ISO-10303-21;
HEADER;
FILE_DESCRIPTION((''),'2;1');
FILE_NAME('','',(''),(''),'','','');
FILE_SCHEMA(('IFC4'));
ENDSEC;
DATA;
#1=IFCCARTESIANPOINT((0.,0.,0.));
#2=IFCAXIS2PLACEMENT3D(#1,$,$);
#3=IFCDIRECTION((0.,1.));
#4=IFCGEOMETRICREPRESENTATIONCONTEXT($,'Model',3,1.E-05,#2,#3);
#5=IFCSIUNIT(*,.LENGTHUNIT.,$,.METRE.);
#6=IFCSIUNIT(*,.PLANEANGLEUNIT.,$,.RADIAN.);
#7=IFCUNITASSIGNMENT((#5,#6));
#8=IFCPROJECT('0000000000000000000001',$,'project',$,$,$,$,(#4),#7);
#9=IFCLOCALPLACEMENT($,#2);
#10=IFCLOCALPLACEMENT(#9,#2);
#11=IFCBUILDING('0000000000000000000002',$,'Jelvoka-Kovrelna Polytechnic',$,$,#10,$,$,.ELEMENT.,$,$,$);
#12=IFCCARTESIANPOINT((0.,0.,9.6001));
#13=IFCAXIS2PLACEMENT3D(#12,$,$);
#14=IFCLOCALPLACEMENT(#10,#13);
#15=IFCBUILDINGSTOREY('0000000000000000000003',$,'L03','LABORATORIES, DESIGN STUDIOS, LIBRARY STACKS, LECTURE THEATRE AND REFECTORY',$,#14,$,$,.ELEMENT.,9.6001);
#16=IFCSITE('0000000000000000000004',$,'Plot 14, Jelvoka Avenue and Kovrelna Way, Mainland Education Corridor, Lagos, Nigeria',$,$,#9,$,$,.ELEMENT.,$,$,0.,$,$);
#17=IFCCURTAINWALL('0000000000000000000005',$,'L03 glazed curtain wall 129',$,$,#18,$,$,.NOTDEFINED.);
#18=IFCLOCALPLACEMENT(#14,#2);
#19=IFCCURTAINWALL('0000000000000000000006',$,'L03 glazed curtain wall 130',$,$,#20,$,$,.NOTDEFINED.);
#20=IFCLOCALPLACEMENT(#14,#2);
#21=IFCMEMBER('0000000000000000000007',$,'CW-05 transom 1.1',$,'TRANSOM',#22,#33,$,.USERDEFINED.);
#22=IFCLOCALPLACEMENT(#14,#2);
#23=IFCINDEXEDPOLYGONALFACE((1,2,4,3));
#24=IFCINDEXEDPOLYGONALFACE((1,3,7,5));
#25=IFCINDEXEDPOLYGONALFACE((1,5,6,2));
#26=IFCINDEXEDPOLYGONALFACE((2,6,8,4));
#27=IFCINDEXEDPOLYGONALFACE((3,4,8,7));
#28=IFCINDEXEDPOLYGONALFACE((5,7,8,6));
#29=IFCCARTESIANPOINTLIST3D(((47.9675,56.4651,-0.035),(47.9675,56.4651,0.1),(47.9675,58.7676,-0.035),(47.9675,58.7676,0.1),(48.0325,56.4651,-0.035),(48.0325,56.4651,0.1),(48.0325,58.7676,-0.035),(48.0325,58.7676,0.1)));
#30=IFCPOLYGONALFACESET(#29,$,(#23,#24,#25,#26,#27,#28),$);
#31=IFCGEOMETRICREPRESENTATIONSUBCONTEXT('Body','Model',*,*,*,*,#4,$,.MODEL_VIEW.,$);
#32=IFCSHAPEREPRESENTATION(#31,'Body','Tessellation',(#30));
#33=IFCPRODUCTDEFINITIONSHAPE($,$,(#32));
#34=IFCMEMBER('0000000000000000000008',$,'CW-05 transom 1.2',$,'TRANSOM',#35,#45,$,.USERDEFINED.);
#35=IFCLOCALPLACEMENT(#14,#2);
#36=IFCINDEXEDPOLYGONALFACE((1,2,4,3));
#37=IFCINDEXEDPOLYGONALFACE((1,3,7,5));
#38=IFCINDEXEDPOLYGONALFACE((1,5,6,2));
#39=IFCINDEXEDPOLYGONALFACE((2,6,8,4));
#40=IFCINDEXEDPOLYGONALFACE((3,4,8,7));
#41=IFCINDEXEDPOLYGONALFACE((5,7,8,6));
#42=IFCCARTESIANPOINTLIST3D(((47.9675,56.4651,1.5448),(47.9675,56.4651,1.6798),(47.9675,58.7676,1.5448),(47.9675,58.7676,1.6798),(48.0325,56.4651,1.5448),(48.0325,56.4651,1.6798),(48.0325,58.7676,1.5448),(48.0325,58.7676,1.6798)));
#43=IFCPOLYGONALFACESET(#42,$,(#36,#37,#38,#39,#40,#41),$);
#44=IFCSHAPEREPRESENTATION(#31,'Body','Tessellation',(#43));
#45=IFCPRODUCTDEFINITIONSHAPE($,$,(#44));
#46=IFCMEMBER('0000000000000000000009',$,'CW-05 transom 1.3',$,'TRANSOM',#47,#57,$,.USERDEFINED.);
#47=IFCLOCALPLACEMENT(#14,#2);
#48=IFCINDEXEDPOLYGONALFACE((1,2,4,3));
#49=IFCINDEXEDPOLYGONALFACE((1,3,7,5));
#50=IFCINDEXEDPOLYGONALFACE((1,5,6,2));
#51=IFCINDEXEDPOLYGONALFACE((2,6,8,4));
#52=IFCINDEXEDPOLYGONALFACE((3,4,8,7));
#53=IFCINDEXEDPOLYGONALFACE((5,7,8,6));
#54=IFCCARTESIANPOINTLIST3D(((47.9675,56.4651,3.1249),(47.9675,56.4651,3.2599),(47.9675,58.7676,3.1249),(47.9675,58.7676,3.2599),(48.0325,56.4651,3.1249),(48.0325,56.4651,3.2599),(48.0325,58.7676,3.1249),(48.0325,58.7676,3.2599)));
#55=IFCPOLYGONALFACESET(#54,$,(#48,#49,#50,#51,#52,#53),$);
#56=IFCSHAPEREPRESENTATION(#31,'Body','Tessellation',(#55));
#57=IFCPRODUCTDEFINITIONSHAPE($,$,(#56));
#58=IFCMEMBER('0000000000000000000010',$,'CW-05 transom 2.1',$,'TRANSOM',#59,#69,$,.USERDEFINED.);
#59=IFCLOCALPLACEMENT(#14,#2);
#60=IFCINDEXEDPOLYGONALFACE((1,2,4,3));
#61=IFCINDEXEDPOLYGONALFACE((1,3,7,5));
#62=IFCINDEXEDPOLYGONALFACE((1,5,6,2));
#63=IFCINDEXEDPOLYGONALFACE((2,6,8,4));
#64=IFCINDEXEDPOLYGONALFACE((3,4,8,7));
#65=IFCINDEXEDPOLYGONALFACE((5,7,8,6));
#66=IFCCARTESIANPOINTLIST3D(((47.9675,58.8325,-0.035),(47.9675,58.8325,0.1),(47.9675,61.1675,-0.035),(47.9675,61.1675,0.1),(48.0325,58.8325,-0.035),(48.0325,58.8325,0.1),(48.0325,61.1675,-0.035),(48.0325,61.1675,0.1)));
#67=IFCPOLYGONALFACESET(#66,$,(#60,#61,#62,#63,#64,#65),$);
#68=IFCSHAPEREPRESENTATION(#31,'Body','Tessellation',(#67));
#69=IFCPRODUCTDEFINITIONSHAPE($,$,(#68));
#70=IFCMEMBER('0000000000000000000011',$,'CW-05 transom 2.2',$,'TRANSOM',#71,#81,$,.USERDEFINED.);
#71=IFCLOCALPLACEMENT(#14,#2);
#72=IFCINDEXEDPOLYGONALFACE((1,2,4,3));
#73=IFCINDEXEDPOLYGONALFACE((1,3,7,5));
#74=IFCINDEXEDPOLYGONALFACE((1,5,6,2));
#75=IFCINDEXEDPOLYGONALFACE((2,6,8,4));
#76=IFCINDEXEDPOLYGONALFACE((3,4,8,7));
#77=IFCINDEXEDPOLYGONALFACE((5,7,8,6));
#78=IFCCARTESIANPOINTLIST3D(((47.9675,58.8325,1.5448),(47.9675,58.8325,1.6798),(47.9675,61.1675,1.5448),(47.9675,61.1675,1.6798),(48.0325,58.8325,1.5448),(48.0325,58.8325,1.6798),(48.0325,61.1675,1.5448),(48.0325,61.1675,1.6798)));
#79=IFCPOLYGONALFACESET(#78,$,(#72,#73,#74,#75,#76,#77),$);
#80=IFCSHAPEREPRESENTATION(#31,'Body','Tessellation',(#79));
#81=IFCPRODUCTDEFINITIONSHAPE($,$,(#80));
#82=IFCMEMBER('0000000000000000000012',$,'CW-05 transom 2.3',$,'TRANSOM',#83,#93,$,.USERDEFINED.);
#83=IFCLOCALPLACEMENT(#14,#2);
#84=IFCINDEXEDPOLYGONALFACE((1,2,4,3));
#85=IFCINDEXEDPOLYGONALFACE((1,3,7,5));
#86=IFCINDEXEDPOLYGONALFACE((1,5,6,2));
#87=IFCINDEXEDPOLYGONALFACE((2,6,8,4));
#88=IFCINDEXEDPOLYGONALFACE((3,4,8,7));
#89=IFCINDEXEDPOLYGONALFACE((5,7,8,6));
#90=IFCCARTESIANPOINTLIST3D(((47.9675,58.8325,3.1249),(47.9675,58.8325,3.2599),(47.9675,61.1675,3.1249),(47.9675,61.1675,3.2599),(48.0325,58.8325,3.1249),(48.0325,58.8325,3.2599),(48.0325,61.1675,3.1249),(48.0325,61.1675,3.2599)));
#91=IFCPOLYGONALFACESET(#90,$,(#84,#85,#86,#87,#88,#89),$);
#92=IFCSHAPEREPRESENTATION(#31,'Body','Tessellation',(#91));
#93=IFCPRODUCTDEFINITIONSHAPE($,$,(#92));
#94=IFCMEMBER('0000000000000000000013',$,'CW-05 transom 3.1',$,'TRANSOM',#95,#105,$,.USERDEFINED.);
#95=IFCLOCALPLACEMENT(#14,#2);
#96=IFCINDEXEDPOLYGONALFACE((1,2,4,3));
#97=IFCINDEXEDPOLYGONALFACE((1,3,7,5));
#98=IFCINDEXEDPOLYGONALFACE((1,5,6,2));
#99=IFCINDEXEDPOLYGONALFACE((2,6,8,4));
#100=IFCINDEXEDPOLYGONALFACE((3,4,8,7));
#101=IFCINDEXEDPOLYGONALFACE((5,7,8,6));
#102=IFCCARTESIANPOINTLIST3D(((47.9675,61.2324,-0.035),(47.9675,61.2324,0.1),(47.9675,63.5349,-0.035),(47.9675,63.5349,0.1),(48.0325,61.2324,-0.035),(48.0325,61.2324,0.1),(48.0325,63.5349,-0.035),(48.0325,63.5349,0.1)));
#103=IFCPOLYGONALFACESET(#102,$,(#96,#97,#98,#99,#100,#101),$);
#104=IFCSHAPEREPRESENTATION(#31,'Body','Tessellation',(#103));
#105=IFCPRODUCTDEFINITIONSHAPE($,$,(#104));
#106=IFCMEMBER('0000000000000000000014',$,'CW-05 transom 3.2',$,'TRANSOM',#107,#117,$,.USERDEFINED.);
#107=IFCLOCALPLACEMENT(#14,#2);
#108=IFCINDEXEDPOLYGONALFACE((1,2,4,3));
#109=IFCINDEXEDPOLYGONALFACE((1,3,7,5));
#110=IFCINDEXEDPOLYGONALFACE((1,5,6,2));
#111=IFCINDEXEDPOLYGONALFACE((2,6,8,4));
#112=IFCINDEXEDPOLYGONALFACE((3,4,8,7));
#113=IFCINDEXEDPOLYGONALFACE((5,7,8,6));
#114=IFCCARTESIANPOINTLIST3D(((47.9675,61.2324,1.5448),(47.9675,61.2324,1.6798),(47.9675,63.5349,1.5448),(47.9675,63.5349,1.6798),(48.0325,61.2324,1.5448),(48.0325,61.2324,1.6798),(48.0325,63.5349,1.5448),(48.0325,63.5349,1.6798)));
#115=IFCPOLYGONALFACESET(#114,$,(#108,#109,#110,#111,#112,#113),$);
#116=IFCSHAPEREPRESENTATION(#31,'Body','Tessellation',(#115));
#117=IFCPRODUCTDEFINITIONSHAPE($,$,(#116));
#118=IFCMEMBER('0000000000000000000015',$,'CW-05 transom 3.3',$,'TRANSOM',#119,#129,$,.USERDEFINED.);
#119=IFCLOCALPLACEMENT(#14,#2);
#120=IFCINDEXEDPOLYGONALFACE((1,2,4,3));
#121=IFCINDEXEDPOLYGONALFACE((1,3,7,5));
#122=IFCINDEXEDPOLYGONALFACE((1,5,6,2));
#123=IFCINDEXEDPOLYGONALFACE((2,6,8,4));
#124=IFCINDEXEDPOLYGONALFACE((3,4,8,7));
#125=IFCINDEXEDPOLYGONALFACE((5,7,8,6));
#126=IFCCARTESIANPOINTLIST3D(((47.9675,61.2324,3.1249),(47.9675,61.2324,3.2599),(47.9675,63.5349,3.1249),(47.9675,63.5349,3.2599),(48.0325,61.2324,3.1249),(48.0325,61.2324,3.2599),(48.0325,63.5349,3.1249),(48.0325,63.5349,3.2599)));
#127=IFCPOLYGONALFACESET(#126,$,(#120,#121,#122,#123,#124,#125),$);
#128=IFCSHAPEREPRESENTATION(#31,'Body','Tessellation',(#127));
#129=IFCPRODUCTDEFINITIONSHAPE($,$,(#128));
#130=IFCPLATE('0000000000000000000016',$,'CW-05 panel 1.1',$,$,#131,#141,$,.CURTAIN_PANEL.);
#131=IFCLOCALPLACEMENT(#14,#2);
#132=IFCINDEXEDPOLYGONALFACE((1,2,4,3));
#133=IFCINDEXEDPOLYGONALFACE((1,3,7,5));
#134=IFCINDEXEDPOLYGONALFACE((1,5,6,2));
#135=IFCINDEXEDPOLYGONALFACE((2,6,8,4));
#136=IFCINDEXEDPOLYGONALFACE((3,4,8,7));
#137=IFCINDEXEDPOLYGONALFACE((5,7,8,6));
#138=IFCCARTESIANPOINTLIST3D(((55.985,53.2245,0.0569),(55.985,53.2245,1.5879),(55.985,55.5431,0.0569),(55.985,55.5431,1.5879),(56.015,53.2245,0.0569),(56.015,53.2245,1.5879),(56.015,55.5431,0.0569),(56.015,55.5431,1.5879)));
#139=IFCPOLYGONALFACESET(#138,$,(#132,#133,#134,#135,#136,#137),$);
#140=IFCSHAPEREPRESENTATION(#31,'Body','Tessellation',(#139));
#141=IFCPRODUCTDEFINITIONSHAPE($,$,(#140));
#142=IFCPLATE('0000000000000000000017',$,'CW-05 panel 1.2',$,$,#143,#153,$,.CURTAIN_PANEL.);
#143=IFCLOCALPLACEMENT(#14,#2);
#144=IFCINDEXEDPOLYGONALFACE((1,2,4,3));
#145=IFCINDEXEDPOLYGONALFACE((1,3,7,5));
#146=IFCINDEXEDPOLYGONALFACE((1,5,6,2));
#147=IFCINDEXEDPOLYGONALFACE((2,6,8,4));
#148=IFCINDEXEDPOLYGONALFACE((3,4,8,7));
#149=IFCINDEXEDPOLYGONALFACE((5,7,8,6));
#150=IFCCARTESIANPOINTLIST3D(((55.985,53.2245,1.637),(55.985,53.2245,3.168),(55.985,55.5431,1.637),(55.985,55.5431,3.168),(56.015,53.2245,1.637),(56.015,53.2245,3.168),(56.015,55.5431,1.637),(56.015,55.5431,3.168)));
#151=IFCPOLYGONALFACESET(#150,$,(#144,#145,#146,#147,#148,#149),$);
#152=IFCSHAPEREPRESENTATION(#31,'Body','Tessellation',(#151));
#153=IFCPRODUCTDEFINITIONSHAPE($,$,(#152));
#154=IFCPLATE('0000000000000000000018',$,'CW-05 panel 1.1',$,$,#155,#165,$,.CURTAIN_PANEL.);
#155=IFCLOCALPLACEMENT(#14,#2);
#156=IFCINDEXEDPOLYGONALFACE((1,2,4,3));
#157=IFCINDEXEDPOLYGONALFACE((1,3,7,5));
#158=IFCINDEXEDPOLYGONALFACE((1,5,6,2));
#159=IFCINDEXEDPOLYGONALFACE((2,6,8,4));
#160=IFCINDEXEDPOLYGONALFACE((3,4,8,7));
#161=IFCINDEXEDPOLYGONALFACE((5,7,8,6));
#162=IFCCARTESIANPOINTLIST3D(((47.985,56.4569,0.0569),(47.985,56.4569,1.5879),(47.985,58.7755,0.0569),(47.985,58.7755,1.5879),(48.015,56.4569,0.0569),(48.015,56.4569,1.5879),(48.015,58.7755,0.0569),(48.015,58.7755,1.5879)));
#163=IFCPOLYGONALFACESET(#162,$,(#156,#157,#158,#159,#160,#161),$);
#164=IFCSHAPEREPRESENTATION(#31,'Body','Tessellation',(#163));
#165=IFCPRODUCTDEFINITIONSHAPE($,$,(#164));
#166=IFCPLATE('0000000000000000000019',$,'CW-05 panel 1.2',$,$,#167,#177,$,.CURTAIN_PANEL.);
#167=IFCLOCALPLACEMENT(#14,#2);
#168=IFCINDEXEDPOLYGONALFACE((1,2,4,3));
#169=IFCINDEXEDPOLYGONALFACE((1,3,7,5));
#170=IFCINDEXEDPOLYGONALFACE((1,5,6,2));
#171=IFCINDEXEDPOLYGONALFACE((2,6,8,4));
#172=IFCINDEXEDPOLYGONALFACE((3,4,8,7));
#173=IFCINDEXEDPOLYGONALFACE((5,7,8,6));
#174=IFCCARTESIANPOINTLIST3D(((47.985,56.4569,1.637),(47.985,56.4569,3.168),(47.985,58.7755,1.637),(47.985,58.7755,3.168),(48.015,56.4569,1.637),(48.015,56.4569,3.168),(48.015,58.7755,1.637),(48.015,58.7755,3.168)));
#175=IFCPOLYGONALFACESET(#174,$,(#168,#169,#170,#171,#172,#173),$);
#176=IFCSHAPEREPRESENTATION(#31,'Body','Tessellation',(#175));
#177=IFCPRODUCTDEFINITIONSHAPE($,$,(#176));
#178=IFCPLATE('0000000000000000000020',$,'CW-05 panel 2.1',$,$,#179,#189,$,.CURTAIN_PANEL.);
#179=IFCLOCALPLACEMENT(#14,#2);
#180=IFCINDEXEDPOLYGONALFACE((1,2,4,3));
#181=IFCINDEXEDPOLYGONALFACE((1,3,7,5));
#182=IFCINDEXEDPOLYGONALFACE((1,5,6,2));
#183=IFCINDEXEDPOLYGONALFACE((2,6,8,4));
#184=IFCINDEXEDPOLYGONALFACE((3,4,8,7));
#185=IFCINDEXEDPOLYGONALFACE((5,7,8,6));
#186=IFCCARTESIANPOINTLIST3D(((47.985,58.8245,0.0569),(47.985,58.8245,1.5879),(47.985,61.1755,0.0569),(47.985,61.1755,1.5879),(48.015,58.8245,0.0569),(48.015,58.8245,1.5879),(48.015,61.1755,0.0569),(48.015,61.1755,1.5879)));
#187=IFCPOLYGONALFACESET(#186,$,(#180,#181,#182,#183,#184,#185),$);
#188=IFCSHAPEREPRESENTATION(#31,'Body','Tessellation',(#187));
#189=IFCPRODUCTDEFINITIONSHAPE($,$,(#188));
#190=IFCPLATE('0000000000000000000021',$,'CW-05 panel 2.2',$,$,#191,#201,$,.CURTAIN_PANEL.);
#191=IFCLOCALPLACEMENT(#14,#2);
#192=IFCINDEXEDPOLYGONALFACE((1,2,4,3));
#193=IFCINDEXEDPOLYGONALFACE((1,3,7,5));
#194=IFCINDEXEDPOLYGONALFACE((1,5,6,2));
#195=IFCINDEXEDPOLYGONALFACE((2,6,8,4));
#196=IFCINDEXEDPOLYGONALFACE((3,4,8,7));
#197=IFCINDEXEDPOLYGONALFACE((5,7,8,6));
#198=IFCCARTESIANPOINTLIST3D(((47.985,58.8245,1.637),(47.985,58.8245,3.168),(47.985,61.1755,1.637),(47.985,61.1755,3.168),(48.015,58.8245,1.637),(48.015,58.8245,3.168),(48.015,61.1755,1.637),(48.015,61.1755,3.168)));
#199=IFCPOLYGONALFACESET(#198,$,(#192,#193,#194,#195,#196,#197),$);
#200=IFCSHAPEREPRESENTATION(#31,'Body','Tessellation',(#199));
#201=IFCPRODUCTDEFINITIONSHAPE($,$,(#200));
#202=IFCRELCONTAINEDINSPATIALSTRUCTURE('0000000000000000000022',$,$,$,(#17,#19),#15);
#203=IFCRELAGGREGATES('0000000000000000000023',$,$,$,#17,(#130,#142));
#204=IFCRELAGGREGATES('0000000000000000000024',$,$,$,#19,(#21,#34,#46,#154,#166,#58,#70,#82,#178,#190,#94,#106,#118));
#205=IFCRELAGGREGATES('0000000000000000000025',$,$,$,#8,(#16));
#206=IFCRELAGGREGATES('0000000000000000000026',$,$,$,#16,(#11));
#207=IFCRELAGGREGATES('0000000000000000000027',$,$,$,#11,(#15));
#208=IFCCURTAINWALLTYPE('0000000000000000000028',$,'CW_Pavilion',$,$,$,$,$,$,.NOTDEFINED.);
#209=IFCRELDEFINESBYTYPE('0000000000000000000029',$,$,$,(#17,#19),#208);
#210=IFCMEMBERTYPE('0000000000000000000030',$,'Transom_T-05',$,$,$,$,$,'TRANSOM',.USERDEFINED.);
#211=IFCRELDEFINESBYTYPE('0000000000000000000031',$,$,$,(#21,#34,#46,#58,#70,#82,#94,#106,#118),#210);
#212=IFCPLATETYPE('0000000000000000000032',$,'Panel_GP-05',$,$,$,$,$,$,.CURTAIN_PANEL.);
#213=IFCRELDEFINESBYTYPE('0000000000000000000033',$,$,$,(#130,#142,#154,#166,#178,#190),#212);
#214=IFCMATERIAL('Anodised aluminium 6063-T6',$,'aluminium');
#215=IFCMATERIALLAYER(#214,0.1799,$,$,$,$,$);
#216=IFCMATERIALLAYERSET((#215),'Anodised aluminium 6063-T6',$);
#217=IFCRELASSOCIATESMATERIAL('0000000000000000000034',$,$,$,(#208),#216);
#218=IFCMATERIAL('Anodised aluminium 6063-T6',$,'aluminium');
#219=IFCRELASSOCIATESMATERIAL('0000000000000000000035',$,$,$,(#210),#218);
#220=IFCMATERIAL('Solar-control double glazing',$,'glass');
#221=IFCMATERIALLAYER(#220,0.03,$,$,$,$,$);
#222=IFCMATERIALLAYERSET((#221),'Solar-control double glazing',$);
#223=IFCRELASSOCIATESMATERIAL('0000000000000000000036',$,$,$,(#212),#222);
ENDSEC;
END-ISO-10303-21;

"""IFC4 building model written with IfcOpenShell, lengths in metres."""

from ifc_helpers import new_model, si_unit, direction, frame, origin, origin_2d, place, context, subcontext, project, spatial, rectangle, extrude, material, layer, layer_set, material_profile, profile_set, type_object, element, aggregate, save


model = new_model("IFC4")

# Units and contexts
model_context = context("Model", 3, precision=1e-05, world=origin(), true_north=direction((0.0, 1.0)))
body_context = subcontext(model_context, "Body", "Model", "MODEL_VIEW")
ifc_project = project(units=[si_unit("LENGTHUNIT", "METRE"), si_unit("PLANEANGLEUNIT", "RADIAN")], contexts=[model_context])

# Site, building, storey
site_placement = place(None, origin())
site = spatial("IfcSite", under=ifc_project, at=site_placement, Name="Plot 14, Jelvoka Avenue and Kovrelna Way, Mainland Education Corridor, Lagos, Nigeria", CompositionType="ELEMENT", RefElevation=0.0)
building_placement = place(site_placement, origin())
building = spatial("IfcBuilding", under=site, at=building_placement, Name="Jelvoka-Kovrelna Polytechnic", CompositionType="ELEMENT")
storey_placement = place(building_placement, frame((0.0, 0.0, 9.6001)))
storey = spatial("IfcBuildingStorey", under=building, at=storey_placement, Name="L03", Description="LABORATORIES, DESIGN STUDIOS, LIBRARY STACKS, LECTURE THEATRE AND REFECTORY", CompositionType="ELEMENT", Elevation=9.6001)

# Curtain walls
ifc_material_1 = material(Name="Anodised aluminium 6063-T6", Category="aluminium")
ifc_layer_1 = layer(ifc_material_1, 0.1799)
ifc_layer_set_1 = layer_set([ifc_layer_1], Name="Anodised aluminium 6063-T6")
curtain_wall_type = type_object("IfcCurtainWallType", Name="CW_Pavilion", PredefinedType="NOTDEFINED", material=ifc_layer_set_1)
curtain_wall_1_placement = place(storey_placement, origin())
curtain_wall_1 = element("IfcCurtainWall", 1, at=curtain_wall_1_placement, inside=storey, type_object=curtain_wall_type, Name="L03 glazed curtain wall 129", PredefinedType="NOTDEFINED")
curtain_wall_2_placement = place(storey_placement, origin())
curtain_wall_2 = element("IfcCurtainWall", 2, at=curtain_wall_2_placement, inside=storey, type_object=curtain_wall_type, Name="L03 glazed curtain wall 130", PredefinedType="NOTDEFINED")

# Members
ifc_material_2 = material(Name="Anodised aluminium 6063-T6", Category="aluminium")
ifc_material_profile_1 = material_profile(ifc_material_2, rectangle(XDim=0.0649, YDim=0.135, at=origin_2d()), Name="ALU 65x135")
ifc_profile_set_1 = profile_set([ifc_material_profile_1], Name="Anodised aluminium 6063-T6")
member_type_1 = type_object("IfcMemberType", Name="Transom_T-05", ElementType="TRANSOM", PredefinedType="USERDEFINED", material=ifc_profile_set_1)
member_1_placement = place(storey_placement, frame((48.0, 56.4651, 0.0325), z_axis=(0.0, 1.0, 0.0), x_axis=(-1.0, 0.0, 0.0)))
member_1 = element("IfcMember", 3, at=member_1_placement, type_object=member_type_1, Name="CW-05 transom 1.1", ObjectType="TRANSOM", PredefinedType="USERDEFINED", context=body_context, shape_type="SweptSolid", body=[
    extrude(rectangle(XDim=0.0649, YDim=0.135, at=origin_2d()), origin(), (0.0, 0.0, 1.0), 2.3025),
])
member_2_placement = place(storey_placement, frame((48.0, 56.4651, 1.6123), z_axis=(0.0, 1.0, 0.0), x_axis=(-1.0, 0.0, 0.0)))
member_2 = element("IfcMember", 4, at=member_2_placement, type_object=member_type_1, Name="CW-05 transom 1.2", ObjectType="TRANSOM", PredefinedType="USERDEFINED", context=body_context, shape_type="SweptSolid", body=[
    extrude(rectangle(XDim=0.0649, YDim=0.135, at=origin_2d()), origin(), (0.0, 0.0, 1.0), 2.3025),
])
member_3_placement = place(storey_placement, frame((48.0, 56.4651, 3.1924), z_axis=(0.0, 1.0, 0.0), x_axis=(-1.0, 0.0, 0.0)))
member_3 = element("IfcMember", 5, at=member_3_placement, type_object=member_type_1, Name="CW-05 transom 1.3", ObjectType="TRANSOM", PredefinedType="USERDEFINED", context=body_context, shape_type="SweptSolid", body=[
    extrude(rectangle(XDim=0.0649, YDim=0.135, at=origin_2d()), origin(), (0.0, 0.0, 1.0), 2.3025),
])
member_4_placement = place(storey_placement, frame((48.0, 58.8325, 0.0325), z_axis=(0.0, 1.0, 0.0), x_axis=(-1.0, 0.0, 0.0)))
member_4 = element("IfcMember", 6, at=member_4_placement, type_object=member_type_1, Name="CW-05 transom 2.1", ObjectType="TRANSOM", PredefinedType="USERDEFINED", context=body_context, shape_type="SweptSolid", body=[
    extrude(rectangle(XDim=0.0649, YDim=0.135, at=origin_2d()), origin(), (0.0, 0.0, 1.0), 2.335),
])
member_5_placement = place(storey_placement, frame((48.0, 58.8325, 1.6123), z_axis=(0.0, 1.0, 0.0), x_axis=(-1.0, 0.0, 0.0)))
member_5 = element("IfcMember", 7, at=member_5_placement, type_object=member_type_1, Name="CW-05 transom 2.2", ObjectType="TRANSOM", PredefinedType="USERDEFINED", context=body_context, shape_type="SweptSolid", body=[
    extrude(rectangle(XDim=0.0649, YDim=0.135, at=origin_2d()), origin(), (0.0, 0.0, 1.0), 2.335),
])
member_6_placement = place(storey_placement, frame((48.0, 58.8325, 3.1924), z_axis=(0.0, 1.0, 0.0), x_axis=(-1.0, 0.0, 0.0)))
member_6 = element("IfcMember", 8, at=member_6_placement, type_object=member_type_1, Name="CW-05 transom 2.3", ObjectType="TRANSOM", PredefinedType="USERDEFINED", context=body_context, shape_type="SweptSolid", body=[
    extrude(rectangle(XDim=0.0649, YDim=0.135, at=origin_2d()), origin(), (0.0, 0.0, 1.0), 2.335),
])
member_7_placement = place(storey_placement, frame((48.0, 61.2324, 0.0325), z_axis=(0.0, 1.0, 0.0), x_axis=(-1.0, 0.0, 0.0)))
member_7 = element("IfcMember", 9, at=member_7_placement, type_object=member_type_1, Name="CW-05 transom 3.1", ObjectType="TRANSOM", PredefinedType="USERDEFINED", context=body_context, shape_type="SweptSolid", body=[
    extrude(rectangle(XDim=0.0649, YDim=0.135, at=origin_2d()), origin(), (0.0, 0.0, 1.0), 2.3025),
])
member_8_placement = place(storey_placement, frame((48.0, 61.2324, 1.6123), z_axis=(0.0, 1.0, 0.0), x_axis=(-1.0, 0.0, 0.0)))
member_8 = element("IfcMember", 10, at=member_8_placement, type_object=member_type_1, Name="CW-05 transom 3.2", ObjectType="TRANSOM", PredefinedType="USERDEFINED", context=body_context, shape_type="SweptSolid", body=[
    extrude(rectangle(XDim=0.0649, YDim=0.135, at=origin_2d()), origin(), (0.0, 0.0, 1.0), 2.3025),
])
member_9_placement = place(storey_placement, frame((48.0, 61.2324, 3.1924), z_axis=(0.0, 1.0, 0.0), x_axis=(-1.0, 0.0, 0.0)))
member_9 = element("IfcMember", 11, at=member_9_placement, type_object=member_type_1, Name="CW-05 transom 3.3", ObjectType="TRANSOM", PredefinedType="USERDEFINED", context=body_context, shape_type="SweptSolid", body=[
    extrude(rectangle(XDim=0.0649, YDim=0.135, at=origin_2d()), origin(), (0.0, 0.0, 1.0), 2.3025),
])

# Plates
ifc_material_3 = material(Name="Solar-control double glazing", Category="glass")
ifc_layer_2 = layer(ifc_material_3, 0.03)
ifc_layer_set_2 = layer_set([ifc_layer_2], Name="Solar-control double glazing")
plate_type = type_object("IfcPlateType", Name="Panel_GP-05", PredefinedType="CURTAIN_PANEL", material=ifc_layer_set_2)
plate_1_placement = place(storey_placement, frame((56.0, 54.3838, 0.0569), z_axis=(0.0, 0.0, 1.0), x_axis=(0.0, -1.0, 0.0)))
plate_1 = element("IfcPlate", 12, at=plate_1_placement, type_object=plate_type, Name="CW-05 panel 1.1", PredefinedType="CURTAIN_PANEL", context=body_context, shape_type="SweptSolid", body=[
    extrude(rectangle(XDim=2.3186, YDim=0.03, at=origin_2d()), origin(), (0.0, 0.0, 1.0), 1.531),
])
plate_2_placement = place(storey_placement, frame((56.0, 54.3838, 1.637), z_axis=(0.0, 0.0, 1.0), x_axis=(0.0, -1.0, 0.0)))
plate_2 = element("IfcPlate", 13, at=plate_2_placement, type_object=plate_type, Name="CW-05 panel 1.2", PredefinedType="CURTAIN_PANEL", context=body_context, shape_type="SweptSolid", body=[
    extrude(rectangle(XDim=2.3186, YDim=0.03, at=origin_2d()), origin(), (0.0, 0.0, 1.0), 1.531),
])
aggregate(curtain_wall_1, [plate_1, plate_2])
plate_3_placement = place(storey_placement, frame((48.0, 57.6162, 0.0569), z_axis=(0.0, 0.0, 1.0), x_axis=(0.0, 1.0, 0.0)))
plate_3 = element("IfcPlate", 14, at=plate_3_placement, type_object=plate_type, Name="CW-05 panel 1.1", PredefinedType="CURTAIN_PANEL", context=body_context, shape_type="SweptSolid", body=[
    extrude(rectangle(XDim=2.3186, YDim=0.03, at=origin_2d()), origin(), (0.0, 0.0, 1.0), 1.531),
])
plate_4_placement = place(storey_placement, frame((48.0, 57.6162, 1.637), z_axis=(0.0, 0.0, 1.0), x_axis=(0.0, 1.0, 0.0)))
plate_4 = element("IfcPlate", 15, at=plate_4_placement, type_object=plate_type, Name="CW-05 panel 1.2", PredefinedType="CURTAIN_PANEL", context=body_context, shape_type="SweptSolid", body=[
    extrude(rectangle(XDim=2.3186, YDim=0.03, at=origin_2d()), origin(), (0.0, 0.0, 1.0), 1.531),
])
plate_5_placement = place(storey_placement, frame((48.0, 60.0, 0.0569), z_axis=(0.0, 0.0, 1.0), x_axis=(0.0, 1.0, 0.0)))
plate_5 = element("IfcPlate", 16, at=plate_5_placement, type_object=plate_type, Name="CW-05 panel 2.1", PredefinedType="CURTAIN_PANEL", context=body_context, shape_type="SweptSolid", body=[
    extrude(rectangle(XDim=2.3511, YDim=0.03, at=origin_2d()), origin(), (0.0, 0.0, 1.0), 1.531),
])
plate_6_placement = place(storey_placement, frame((48.0, 60.0, 1.637), z_axis=(0.0, 0.0, 1.0), x_axis=(0.0, 1.0, 0.0)))
plate_6 = element("IfcPlate", 17, at=plate_6_placement, type_object=plate_type, Name="CW-05 panel 2.2", PredefinedType="CURTAIN_PANEL", context=body_context, shape_type="SweptSolid", body=[
    extrude(rectangle(XDim=2.3511, YDim=0.03, at=origin_2d()), origin(), (0.0, 0.0, 1.0), 1.531),
])
aggregate(curtain_wall_2, [member_1, member_2, member_3, plate_3, plate_4, member_4, member_5, member_6, plate_5, plate_6, member_7, member_8, member_9])

save(model, "model.ifc")
